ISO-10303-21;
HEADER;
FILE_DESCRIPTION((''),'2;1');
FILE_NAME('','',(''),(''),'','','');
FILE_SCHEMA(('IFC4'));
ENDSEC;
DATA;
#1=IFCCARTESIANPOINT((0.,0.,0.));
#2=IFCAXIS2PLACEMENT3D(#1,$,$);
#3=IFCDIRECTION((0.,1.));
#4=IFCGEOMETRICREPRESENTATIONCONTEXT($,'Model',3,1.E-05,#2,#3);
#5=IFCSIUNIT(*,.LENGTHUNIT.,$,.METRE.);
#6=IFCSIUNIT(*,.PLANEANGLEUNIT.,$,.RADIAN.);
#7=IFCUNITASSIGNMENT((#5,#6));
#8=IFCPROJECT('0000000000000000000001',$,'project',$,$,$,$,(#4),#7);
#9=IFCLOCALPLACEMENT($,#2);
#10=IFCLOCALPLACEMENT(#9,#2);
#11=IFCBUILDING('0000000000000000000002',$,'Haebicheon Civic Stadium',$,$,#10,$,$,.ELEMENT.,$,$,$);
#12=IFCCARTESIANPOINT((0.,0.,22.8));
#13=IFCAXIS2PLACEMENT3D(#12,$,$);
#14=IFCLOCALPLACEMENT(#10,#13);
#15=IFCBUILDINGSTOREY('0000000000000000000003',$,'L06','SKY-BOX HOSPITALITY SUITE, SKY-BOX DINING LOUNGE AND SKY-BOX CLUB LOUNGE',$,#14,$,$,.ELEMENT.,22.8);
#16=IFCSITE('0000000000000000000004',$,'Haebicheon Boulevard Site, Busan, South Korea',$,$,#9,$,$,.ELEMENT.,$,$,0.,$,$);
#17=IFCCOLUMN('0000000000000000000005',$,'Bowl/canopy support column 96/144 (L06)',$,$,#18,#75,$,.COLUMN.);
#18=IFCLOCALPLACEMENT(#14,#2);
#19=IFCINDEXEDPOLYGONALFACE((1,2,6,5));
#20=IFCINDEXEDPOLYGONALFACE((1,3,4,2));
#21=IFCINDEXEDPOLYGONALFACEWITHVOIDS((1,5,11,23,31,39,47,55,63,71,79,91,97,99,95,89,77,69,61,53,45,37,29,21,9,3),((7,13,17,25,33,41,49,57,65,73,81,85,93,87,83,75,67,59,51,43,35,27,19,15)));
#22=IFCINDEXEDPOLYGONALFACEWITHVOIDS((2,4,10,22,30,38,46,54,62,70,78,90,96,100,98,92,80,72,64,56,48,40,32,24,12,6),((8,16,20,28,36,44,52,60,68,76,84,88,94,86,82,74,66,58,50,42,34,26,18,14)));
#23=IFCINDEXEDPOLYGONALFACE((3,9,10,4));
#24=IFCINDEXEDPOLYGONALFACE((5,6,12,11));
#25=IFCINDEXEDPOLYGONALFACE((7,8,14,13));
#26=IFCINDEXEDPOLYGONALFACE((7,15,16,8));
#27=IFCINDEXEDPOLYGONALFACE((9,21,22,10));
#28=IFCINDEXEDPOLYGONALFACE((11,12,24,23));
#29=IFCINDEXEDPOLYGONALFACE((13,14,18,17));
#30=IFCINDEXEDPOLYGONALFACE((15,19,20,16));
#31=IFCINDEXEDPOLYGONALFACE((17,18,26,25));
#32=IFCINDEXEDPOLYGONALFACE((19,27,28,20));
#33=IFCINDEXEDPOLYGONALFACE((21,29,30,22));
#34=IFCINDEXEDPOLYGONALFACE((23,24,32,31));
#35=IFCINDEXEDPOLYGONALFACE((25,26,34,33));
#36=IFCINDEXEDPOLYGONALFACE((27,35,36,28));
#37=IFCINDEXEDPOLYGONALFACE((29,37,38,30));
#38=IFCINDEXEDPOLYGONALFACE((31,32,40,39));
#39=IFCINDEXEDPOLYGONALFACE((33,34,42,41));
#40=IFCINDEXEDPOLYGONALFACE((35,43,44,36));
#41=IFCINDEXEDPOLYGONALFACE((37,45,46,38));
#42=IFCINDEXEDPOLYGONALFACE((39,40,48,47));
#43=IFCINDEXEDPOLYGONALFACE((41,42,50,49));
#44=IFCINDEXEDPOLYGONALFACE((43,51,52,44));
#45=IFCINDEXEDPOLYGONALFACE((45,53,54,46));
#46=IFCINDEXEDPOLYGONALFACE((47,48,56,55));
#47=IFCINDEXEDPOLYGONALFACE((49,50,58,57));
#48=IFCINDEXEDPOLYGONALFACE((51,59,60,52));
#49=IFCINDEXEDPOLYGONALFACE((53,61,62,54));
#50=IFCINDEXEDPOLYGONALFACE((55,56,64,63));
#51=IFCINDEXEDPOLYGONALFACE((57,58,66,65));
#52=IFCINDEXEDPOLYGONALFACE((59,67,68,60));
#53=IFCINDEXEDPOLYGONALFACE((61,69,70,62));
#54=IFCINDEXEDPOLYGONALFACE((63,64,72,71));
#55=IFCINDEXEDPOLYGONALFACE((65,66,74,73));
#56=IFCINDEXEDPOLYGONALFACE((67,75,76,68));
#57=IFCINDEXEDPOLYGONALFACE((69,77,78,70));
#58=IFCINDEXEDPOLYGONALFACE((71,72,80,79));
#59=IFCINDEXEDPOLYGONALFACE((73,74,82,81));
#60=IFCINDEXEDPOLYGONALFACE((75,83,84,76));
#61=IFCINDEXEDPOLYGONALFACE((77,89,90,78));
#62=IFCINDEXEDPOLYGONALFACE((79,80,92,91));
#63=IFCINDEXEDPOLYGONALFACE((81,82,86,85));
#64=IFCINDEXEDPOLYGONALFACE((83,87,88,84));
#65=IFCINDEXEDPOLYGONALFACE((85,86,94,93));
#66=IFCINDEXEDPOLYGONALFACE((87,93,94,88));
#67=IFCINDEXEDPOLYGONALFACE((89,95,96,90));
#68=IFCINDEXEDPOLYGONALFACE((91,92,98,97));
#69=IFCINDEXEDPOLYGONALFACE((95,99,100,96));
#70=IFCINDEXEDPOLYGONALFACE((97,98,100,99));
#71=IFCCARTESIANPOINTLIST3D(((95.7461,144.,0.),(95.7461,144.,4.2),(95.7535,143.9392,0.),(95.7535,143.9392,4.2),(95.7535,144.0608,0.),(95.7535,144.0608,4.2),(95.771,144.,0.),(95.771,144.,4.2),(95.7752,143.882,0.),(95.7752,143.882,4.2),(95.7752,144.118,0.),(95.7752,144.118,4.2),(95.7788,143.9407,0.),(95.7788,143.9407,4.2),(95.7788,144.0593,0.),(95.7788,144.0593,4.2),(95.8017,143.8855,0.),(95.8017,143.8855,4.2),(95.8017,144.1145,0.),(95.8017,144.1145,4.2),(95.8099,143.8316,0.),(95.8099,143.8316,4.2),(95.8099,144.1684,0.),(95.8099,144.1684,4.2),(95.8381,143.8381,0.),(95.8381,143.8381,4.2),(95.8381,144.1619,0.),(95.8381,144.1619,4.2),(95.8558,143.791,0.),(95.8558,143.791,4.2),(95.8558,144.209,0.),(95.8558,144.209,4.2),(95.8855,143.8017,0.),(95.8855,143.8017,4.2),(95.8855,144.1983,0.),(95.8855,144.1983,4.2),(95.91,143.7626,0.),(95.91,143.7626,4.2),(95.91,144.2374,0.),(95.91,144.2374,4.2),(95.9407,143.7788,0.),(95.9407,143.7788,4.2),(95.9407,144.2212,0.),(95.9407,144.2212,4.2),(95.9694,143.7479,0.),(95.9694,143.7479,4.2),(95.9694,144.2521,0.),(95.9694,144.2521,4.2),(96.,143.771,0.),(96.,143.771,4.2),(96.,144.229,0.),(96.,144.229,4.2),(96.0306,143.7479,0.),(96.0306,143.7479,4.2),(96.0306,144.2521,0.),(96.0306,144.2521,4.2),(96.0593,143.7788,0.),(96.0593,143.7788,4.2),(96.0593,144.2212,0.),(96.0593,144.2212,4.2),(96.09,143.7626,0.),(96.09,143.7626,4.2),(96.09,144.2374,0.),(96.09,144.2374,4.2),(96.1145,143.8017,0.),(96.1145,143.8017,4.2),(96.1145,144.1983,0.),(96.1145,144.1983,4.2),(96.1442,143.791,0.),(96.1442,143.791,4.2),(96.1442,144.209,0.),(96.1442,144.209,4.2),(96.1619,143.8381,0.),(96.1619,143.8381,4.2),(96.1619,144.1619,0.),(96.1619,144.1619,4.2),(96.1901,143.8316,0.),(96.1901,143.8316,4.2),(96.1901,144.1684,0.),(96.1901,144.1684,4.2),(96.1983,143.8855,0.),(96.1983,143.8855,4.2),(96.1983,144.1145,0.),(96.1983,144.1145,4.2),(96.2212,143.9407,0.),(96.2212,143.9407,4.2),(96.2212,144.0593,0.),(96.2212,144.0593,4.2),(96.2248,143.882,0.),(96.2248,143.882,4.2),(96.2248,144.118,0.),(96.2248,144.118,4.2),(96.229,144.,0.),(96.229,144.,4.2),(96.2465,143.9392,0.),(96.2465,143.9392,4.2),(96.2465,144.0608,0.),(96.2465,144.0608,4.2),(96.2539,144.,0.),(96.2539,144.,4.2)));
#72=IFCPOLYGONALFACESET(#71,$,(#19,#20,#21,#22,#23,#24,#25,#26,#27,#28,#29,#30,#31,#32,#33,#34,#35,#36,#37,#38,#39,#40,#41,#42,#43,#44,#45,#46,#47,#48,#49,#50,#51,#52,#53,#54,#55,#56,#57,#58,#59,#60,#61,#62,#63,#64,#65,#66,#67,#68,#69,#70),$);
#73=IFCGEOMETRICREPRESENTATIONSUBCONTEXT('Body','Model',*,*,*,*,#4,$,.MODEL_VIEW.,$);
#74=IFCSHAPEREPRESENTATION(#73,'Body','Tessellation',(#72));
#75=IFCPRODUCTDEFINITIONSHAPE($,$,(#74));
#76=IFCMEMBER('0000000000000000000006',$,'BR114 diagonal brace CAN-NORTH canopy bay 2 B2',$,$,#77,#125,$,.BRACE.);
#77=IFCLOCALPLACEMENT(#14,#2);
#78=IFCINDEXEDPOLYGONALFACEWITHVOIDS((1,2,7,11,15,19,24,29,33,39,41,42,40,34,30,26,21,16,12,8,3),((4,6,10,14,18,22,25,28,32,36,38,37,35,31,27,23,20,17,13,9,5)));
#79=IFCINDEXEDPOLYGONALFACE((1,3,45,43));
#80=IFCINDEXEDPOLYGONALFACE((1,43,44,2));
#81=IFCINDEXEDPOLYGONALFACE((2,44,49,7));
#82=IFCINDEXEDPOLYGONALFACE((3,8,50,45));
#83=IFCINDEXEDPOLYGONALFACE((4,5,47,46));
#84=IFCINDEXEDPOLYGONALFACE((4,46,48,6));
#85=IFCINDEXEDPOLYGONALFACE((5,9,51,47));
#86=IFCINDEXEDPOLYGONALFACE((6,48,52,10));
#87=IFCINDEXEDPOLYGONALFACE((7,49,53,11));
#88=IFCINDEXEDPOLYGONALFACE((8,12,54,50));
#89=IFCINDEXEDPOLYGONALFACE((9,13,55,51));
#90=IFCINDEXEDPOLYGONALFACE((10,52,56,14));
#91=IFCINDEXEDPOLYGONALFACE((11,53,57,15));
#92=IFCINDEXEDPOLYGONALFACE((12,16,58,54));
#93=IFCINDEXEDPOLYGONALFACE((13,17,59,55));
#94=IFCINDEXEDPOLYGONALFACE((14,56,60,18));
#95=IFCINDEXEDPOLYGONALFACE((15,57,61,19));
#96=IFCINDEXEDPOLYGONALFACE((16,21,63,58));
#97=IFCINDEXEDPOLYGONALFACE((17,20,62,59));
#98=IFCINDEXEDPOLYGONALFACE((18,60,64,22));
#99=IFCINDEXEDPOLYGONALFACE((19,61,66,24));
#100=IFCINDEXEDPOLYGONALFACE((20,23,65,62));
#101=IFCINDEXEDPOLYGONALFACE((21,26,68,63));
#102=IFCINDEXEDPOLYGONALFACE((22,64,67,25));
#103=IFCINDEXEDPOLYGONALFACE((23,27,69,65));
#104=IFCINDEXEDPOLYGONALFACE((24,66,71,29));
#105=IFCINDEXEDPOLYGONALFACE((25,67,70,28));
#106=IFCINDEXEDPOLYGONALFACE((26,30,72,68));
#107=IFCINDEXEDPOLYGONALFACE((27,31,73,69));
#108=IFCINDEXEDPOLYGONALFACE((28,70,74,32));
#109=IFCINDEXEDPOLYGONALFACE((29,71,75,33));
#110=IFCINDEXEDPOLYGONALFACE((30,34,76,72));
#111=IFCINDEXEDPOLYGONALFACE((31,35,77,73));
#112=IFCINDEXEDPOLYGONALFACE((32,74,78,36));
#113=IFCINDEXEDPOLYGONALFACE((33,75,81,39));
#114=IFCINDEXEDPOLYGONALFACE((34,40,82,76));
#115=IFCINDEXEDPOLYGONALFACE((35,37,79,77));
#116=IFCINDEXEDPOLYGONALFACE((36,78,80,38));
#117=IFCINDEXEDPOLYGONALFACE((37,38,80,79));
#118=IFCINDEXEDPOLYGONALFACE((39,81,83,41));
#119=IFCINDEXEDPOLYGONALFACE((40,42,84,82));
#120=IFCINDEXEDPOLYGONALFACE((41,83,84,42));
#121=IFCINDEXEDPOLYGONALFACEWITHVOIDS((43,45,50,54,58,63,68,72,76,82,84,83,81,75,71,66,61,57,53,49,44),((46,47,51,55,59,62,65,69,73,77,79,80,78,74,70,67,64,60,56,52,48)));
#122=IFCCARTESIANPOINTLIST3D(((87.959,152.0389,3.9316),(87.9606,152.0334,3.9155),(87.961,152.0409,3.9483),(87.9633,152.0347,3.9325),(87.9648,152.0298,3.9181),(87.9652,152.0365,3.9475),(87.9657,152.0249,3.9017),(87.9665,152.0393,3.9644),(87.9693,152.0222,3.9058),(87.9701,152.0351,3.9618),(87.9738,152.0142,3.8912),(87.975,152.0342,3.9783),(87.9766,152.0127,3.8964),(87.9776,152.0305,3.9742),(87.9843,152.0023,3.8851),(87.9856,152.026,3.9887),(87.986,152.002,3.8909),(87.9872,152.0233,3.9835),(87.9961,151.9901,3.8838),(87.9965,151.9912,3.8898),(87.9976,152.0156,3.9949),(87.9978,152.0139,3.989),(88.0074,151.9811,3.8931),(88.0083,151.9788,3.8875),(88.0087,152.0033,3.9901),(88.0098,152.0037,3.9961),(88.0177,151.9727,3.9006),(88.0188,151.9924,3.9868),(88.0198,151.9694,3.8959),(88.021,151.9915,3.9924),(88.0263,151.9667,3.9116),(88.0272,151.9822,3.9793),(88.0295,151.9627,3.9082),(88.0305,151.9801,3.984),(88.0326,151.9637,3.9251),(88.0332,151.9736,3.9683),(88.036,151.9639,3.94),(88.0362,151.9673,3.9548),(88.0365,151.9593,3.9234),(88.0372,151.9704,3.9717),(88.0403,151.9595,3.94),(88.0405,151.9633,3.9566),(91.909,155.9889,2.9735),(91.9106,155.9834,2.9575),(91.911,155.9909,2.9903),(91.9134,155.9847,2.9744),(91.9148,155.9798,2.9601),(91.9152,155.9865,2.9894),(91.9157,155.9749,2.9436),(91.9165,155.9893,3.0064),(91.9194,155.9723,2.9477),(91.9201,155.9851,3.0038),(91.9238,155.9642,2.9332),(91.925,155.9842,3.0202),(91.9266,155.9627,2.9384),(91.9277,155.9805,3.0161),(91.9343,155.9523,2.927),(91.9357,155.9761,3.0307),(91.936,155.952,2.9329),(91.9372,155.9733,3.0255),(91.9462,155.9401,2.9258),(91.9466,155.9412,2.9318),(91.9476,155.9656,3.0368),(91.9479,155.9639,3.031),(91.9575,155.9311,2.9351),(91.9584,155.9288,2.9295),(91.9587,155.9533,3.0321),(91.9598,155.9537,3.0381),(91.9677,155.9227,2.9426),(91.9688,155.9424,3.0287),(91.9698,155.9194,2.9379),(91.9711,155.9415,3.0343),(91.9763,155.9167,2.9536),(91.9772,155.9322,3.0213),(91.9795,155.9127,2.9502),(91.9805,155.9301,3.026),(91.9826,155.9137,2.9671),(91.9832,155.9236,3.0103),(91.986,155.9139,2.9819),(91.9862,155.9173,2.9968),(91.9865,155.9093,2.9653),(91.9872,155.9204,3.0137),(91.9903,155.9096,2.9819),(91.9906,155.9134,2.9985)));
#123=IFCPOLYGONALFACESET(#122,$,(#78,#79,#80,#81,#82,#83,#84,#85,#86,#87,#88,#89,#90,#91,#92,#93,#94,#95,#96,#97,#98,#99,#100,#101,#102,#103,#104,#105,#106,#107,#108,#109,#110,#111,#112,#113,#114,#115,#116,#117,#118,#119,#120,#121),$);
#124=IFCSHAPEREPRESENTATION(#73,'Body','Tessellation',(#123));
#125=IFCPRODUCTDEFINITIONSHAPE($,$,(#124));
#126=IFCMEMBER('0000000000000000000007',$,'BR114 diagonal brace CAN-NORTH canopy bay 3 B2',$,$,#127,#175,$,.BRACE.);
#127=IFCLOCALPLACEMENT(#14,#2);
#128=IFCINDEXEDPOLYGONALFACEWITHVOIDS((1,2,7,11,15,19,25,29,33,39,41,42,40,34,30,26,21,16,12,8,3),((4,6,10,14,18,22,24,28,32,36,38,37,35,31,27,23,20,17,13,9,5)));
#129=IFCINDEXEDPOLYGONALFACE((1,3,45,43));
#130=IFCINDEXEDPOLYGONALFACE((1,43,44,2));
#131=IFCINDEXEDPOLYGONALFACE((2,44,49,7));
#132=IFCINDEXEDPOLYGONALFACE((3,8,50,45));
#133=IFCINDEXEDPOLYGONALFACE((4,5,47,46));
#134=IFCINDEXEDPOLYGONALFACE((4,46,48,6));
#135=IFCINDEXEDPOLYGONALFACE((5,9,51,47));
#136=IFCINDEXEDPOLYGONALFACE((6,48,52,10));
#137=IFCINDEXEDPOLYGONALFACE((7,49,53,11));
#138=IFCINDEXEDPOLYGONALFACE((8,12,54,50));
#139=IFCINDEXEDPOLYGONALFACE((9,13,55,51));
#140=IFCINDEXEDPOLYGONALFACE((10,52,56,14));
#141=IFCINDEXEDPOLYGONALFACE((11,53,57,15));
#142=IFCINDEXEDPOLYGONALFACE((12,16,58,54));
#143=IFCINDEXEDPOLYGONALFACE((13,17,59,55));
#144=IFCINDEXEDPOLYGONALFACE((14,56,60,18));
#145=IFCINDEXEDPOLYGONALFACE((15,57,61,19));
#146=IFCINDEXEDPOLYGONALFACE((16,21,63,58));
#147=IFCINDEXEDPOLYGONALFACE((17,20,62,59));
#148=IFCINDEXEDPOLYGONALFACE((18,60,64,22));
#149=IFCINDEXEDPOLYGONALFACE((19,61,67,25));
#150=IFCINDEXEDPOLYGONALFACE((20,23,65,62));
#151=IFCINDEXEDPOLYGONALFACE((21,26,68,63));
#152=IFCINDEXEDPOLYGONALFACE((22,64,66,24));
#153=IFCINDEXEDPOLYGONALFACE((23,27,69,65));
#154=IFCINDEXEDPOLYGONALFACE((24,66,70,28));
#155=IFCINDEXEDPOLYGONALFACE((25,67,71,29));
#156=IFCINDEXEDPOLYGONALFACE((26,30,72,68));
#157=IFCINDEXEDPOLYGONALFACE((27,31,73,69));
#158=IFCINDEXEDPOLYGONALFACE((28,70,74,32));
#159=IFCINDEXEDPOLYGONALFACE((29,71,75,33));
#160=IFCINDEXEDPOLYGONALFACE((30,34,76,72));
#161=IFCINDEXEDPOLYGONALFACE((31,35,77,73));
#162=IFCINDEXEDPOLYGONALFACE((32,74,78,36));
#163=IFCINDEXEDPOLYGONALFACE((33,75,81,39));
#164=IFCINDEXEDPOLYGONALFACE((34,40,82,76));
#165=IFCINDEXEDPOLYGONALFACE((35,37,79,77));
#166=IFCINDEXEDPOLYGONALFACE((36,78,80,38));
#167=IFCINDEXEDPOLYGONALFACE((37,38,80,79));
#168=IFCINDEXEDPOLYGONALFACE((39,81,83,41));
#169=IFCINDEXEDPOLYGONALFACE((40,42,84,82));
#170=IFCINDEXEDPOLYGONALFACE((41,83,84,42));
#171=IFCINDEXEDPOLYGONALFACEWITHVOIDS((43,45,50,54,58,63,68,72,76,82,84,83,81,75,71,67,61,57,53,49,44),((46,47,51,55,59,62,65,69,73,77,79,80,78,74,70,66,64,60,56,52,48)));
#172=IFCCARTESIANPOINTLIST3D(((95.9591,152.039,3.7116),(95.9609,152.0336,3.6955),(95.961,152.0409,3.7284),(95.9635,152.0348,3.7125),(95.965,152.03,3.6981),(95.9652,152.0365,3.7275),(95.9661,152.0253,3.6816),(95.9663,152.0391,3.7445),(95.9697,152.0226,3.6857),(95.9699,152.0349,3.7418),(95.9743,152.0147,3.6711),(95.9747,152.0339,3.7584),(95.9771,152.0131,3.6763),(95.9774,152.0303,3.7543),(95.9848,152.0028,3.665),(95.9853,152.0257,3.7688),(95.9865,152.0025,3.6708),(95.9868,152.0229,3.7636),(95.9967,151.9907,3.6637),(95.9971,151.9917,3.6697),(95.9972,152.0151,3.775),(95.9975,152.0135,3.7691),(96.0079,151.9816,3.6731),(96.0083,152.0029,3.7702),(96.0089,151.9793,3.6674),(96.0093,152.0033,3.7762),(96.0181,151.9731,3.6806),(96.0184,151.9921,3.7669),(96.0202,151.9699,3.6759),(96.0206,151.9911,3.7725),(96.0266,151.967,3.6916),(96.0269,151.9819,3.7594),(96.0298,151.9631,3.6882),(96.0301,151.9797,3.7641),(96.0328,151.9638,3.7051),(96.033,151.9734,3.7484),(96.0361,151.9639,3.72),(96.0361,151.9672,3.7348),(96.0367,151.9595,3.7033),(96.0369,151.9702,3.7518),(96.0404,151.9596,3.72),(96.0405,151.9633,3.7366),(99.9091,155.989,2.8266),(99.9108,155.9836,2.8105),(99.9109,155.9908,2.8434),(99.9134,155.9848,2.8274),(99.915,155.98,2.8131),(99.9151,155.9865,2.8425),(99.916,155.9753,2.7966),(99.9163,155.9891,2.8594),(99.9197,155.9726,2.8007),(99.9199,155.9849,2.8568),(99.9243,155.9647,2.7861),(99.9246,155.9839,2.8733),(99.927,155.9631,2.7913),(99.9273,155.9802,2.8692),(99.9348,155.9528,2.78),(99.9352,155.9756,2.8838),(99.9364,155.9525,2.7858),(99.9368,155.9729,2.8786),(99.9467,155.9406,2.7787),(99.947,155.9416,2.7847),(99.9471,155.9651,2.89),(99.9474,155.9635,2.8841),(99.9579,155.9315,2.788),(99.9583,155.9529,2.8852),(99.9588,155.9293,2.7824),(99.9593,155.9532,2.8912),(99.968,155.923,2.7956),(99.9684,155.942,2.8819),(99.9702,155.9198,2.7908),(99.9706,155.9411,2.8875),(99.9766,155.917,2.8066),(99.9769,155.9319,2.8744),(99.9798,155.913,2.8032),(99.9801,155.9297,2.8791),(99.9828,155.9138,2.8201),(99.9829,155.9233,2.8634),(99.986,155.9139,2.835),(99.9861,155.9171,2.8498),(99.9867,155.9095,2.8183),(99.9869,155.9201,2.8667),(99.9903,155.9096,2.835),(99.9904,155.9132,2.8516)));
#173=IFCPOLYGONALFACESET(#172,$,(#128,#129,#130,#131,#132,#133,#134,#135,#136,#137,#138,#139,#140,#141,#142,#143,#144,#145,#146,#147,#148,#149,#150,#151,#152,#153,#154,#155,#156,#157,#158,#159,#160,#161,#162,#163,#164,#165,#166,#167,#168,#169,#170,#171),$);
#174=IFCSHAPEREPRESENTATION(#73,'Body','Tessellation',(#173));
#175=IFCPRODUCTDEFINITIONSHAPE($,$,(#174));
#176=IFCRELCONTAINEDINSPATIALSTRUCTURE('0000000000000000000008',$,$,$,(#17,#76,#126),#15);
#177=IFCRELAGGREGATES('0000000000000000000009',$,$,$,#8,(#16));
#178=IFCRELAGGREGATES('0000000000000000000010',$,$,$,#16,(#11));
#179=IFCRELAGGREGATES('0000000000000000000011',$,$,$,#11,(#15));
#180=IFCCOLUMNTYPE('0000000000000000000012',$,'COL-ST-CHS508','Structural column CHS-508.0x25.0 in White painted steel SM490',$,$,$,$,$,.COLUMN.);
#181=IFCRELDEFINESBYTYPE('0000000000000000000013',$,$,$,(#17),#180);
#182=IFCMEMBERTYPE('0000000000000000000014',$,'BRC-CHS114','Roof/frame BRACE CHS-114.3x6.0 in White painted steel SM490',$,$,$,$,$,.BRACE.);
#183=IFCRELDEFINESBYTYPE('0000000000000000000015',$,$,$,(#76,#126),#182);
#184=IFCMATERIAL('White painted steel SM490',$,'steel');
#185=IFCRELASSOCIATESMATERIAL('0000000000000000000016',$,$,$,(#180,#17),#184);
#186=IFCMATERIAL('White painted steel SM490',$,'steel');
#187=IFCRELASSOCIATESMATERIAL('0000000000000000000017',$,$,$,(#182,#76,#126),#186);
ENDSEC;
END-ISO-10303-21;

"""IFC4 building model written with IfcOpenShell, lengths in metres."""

from ifc_helpers import new_model, si_unit, direction, frame, origin, origin_2d, place, context, subcontext, project, spatial, hollow_circle, extrude, material, material_profile, profile_set, type_object, element, save


model = new_model("IFC4")

# Units and contexts
model_context = context("Model", 3, precision=1e-05, world=origin(), true_north=direction((0.0, 1.0)))
body_context = subcontext(model_context, "Body", "Model", "MODEL_VIEW")
ifc_project = project(units=[si_unit("LENGTHUNIT", "METRE"), si_unit("PLANEANGLEUNIT", "RADIAN")], contexts=[model_context])

# Site, building, storey
site_placement = place(None, origin())
site = spatial("IfcSite", under=ifc_project, at=site_placement, Name="Haebicheon Boulevard Site, Busan, South Korea", CompositionType="ELEMENT", RefElevation=0.0)
building_placement = place(site_placement, origin())
building = spatial("IfcBuilding", under=site, at=building_placement, Name="Haebicheon Civic Stadium", CompositionType="ELEMENT")
storey_placement = place(building_placement, frame((0.0, 0.0, 22.8)))
storey = spatial("IfcBuildingStorey", under=building, at=storey_placement, Name="L06", Description="SKY-BOX HOSPITALITY SUITE, SKY-BOX DINING LOUNGE AND SKY-BOX CLUB LOUNGE", CompositionType="ELEMENT", Elevation=22.8)

# Column
ifc_material_1 = material(Name="White painted steel SM490", Category="steel")
ifc_material_profile_1 = material_profile(ifc_material_1, hollow_circle(Radius=0.2539, WallThickness=0.0249, at=origin_2d()), Name="CHS-508.0x25.0")
ifc_profile_set_1 = profile_set([ifc_material_profile_1], Name="White painted steel SM490")
column_type = type_object("IfcColumnType", Name="COL-ST-CHS508", Description="Structural column CHS-508.0x25.0 in White painted steel SM490", PredefinedType="COLUMN", material=ifc_profile_set_1)
column_1_placement = place(storey_placement, frame((96.0, 144.0, 0.0), z_axis=(0.0, 0.0, 1.0), x_axis=(1.0, 0.0, 0.0)))
element("IfcColumn", 1, at=column_1_placement, inside=storey, type_object=column_type, material=ifc_profile_set_1, Name="Bowl/canopy support column 96/144 (L06)", PredefinedType="COLUMN", context=body_context, shape_type="SweptSolid", body=[
    extrude(hollow_circle(Radius=0.2539, WallThickness=0.0249, at=origin_2d()), origin(), (0.0, 0.0, 1.0), 4.2),
])

# Members
ifc_material_2 = material(Name="White painted steel SM490", Category="steel")
ifc_material_profile_2 = material_profile(ifc_material_2, hollow_circle(Radius=0.0571, WallThickness=0.0061, at=origin_2d()), Name="CHS-114.3x6.0")
ifc_profile_set_2 = profile_set([ifc_material_profile_2], Name="White painted steel SM490")
member_type_1 = type_object("IfcMemberType", Name="BRC-CHS114", Description="Roof/frame BRACE CHS-114.3x6.0 in White painted steel SM490", PredefinedType="BRACE", material=ifc_profile_set_2)
member_1_placement = place(storey_placement, frame((91.95, 155.95, 2.9819), z_axis=(-0.696932, -0.696932, 0.169032), x_axis=(0.707107, -0.707107, 0.0)))
element("IfcMember", 2, at=member_1_placement, inside=storey, type_object=member_type_1, material=ifc_profile_set_2, Name="BR114 diagonal brace CAN-NORTH canopy bay 2 B2", PredefinedType="BRACE", context=body_context, shape_type="SweptSolid", body=[
    extrude(hollow_circle(Radius=0.0571, WallThickness=0.0061, at=origin_2d()), origin(), (0.0, 0.0, 1.0), 5.6677),
])
member_2_placement = place(storey_placement, frame((99.95, 155.95, 2.835), z_axis=(-0.698396, -0.698396, 0.15648), x_axis=(0.707107, -0.707107, 0.0)))
element("IfcMember", 3, at=member_2_placement, inside=storey, type_object=member_type_1, material=ifc_profile_set_2, Name="BR114 diagonal brace CAN-NORTH canopy bay 3 B2", PredefinedType="BRACE", context=body_context, shape_type="SweptSolid", body=[
    extrude(hollow_circle(Radius=0.0571, WallThickness=0.0061, at=origin_2d()), origin(), (0.0, 0.0, 1.0), 5.6558),
])

save(model, "model.ifc")
